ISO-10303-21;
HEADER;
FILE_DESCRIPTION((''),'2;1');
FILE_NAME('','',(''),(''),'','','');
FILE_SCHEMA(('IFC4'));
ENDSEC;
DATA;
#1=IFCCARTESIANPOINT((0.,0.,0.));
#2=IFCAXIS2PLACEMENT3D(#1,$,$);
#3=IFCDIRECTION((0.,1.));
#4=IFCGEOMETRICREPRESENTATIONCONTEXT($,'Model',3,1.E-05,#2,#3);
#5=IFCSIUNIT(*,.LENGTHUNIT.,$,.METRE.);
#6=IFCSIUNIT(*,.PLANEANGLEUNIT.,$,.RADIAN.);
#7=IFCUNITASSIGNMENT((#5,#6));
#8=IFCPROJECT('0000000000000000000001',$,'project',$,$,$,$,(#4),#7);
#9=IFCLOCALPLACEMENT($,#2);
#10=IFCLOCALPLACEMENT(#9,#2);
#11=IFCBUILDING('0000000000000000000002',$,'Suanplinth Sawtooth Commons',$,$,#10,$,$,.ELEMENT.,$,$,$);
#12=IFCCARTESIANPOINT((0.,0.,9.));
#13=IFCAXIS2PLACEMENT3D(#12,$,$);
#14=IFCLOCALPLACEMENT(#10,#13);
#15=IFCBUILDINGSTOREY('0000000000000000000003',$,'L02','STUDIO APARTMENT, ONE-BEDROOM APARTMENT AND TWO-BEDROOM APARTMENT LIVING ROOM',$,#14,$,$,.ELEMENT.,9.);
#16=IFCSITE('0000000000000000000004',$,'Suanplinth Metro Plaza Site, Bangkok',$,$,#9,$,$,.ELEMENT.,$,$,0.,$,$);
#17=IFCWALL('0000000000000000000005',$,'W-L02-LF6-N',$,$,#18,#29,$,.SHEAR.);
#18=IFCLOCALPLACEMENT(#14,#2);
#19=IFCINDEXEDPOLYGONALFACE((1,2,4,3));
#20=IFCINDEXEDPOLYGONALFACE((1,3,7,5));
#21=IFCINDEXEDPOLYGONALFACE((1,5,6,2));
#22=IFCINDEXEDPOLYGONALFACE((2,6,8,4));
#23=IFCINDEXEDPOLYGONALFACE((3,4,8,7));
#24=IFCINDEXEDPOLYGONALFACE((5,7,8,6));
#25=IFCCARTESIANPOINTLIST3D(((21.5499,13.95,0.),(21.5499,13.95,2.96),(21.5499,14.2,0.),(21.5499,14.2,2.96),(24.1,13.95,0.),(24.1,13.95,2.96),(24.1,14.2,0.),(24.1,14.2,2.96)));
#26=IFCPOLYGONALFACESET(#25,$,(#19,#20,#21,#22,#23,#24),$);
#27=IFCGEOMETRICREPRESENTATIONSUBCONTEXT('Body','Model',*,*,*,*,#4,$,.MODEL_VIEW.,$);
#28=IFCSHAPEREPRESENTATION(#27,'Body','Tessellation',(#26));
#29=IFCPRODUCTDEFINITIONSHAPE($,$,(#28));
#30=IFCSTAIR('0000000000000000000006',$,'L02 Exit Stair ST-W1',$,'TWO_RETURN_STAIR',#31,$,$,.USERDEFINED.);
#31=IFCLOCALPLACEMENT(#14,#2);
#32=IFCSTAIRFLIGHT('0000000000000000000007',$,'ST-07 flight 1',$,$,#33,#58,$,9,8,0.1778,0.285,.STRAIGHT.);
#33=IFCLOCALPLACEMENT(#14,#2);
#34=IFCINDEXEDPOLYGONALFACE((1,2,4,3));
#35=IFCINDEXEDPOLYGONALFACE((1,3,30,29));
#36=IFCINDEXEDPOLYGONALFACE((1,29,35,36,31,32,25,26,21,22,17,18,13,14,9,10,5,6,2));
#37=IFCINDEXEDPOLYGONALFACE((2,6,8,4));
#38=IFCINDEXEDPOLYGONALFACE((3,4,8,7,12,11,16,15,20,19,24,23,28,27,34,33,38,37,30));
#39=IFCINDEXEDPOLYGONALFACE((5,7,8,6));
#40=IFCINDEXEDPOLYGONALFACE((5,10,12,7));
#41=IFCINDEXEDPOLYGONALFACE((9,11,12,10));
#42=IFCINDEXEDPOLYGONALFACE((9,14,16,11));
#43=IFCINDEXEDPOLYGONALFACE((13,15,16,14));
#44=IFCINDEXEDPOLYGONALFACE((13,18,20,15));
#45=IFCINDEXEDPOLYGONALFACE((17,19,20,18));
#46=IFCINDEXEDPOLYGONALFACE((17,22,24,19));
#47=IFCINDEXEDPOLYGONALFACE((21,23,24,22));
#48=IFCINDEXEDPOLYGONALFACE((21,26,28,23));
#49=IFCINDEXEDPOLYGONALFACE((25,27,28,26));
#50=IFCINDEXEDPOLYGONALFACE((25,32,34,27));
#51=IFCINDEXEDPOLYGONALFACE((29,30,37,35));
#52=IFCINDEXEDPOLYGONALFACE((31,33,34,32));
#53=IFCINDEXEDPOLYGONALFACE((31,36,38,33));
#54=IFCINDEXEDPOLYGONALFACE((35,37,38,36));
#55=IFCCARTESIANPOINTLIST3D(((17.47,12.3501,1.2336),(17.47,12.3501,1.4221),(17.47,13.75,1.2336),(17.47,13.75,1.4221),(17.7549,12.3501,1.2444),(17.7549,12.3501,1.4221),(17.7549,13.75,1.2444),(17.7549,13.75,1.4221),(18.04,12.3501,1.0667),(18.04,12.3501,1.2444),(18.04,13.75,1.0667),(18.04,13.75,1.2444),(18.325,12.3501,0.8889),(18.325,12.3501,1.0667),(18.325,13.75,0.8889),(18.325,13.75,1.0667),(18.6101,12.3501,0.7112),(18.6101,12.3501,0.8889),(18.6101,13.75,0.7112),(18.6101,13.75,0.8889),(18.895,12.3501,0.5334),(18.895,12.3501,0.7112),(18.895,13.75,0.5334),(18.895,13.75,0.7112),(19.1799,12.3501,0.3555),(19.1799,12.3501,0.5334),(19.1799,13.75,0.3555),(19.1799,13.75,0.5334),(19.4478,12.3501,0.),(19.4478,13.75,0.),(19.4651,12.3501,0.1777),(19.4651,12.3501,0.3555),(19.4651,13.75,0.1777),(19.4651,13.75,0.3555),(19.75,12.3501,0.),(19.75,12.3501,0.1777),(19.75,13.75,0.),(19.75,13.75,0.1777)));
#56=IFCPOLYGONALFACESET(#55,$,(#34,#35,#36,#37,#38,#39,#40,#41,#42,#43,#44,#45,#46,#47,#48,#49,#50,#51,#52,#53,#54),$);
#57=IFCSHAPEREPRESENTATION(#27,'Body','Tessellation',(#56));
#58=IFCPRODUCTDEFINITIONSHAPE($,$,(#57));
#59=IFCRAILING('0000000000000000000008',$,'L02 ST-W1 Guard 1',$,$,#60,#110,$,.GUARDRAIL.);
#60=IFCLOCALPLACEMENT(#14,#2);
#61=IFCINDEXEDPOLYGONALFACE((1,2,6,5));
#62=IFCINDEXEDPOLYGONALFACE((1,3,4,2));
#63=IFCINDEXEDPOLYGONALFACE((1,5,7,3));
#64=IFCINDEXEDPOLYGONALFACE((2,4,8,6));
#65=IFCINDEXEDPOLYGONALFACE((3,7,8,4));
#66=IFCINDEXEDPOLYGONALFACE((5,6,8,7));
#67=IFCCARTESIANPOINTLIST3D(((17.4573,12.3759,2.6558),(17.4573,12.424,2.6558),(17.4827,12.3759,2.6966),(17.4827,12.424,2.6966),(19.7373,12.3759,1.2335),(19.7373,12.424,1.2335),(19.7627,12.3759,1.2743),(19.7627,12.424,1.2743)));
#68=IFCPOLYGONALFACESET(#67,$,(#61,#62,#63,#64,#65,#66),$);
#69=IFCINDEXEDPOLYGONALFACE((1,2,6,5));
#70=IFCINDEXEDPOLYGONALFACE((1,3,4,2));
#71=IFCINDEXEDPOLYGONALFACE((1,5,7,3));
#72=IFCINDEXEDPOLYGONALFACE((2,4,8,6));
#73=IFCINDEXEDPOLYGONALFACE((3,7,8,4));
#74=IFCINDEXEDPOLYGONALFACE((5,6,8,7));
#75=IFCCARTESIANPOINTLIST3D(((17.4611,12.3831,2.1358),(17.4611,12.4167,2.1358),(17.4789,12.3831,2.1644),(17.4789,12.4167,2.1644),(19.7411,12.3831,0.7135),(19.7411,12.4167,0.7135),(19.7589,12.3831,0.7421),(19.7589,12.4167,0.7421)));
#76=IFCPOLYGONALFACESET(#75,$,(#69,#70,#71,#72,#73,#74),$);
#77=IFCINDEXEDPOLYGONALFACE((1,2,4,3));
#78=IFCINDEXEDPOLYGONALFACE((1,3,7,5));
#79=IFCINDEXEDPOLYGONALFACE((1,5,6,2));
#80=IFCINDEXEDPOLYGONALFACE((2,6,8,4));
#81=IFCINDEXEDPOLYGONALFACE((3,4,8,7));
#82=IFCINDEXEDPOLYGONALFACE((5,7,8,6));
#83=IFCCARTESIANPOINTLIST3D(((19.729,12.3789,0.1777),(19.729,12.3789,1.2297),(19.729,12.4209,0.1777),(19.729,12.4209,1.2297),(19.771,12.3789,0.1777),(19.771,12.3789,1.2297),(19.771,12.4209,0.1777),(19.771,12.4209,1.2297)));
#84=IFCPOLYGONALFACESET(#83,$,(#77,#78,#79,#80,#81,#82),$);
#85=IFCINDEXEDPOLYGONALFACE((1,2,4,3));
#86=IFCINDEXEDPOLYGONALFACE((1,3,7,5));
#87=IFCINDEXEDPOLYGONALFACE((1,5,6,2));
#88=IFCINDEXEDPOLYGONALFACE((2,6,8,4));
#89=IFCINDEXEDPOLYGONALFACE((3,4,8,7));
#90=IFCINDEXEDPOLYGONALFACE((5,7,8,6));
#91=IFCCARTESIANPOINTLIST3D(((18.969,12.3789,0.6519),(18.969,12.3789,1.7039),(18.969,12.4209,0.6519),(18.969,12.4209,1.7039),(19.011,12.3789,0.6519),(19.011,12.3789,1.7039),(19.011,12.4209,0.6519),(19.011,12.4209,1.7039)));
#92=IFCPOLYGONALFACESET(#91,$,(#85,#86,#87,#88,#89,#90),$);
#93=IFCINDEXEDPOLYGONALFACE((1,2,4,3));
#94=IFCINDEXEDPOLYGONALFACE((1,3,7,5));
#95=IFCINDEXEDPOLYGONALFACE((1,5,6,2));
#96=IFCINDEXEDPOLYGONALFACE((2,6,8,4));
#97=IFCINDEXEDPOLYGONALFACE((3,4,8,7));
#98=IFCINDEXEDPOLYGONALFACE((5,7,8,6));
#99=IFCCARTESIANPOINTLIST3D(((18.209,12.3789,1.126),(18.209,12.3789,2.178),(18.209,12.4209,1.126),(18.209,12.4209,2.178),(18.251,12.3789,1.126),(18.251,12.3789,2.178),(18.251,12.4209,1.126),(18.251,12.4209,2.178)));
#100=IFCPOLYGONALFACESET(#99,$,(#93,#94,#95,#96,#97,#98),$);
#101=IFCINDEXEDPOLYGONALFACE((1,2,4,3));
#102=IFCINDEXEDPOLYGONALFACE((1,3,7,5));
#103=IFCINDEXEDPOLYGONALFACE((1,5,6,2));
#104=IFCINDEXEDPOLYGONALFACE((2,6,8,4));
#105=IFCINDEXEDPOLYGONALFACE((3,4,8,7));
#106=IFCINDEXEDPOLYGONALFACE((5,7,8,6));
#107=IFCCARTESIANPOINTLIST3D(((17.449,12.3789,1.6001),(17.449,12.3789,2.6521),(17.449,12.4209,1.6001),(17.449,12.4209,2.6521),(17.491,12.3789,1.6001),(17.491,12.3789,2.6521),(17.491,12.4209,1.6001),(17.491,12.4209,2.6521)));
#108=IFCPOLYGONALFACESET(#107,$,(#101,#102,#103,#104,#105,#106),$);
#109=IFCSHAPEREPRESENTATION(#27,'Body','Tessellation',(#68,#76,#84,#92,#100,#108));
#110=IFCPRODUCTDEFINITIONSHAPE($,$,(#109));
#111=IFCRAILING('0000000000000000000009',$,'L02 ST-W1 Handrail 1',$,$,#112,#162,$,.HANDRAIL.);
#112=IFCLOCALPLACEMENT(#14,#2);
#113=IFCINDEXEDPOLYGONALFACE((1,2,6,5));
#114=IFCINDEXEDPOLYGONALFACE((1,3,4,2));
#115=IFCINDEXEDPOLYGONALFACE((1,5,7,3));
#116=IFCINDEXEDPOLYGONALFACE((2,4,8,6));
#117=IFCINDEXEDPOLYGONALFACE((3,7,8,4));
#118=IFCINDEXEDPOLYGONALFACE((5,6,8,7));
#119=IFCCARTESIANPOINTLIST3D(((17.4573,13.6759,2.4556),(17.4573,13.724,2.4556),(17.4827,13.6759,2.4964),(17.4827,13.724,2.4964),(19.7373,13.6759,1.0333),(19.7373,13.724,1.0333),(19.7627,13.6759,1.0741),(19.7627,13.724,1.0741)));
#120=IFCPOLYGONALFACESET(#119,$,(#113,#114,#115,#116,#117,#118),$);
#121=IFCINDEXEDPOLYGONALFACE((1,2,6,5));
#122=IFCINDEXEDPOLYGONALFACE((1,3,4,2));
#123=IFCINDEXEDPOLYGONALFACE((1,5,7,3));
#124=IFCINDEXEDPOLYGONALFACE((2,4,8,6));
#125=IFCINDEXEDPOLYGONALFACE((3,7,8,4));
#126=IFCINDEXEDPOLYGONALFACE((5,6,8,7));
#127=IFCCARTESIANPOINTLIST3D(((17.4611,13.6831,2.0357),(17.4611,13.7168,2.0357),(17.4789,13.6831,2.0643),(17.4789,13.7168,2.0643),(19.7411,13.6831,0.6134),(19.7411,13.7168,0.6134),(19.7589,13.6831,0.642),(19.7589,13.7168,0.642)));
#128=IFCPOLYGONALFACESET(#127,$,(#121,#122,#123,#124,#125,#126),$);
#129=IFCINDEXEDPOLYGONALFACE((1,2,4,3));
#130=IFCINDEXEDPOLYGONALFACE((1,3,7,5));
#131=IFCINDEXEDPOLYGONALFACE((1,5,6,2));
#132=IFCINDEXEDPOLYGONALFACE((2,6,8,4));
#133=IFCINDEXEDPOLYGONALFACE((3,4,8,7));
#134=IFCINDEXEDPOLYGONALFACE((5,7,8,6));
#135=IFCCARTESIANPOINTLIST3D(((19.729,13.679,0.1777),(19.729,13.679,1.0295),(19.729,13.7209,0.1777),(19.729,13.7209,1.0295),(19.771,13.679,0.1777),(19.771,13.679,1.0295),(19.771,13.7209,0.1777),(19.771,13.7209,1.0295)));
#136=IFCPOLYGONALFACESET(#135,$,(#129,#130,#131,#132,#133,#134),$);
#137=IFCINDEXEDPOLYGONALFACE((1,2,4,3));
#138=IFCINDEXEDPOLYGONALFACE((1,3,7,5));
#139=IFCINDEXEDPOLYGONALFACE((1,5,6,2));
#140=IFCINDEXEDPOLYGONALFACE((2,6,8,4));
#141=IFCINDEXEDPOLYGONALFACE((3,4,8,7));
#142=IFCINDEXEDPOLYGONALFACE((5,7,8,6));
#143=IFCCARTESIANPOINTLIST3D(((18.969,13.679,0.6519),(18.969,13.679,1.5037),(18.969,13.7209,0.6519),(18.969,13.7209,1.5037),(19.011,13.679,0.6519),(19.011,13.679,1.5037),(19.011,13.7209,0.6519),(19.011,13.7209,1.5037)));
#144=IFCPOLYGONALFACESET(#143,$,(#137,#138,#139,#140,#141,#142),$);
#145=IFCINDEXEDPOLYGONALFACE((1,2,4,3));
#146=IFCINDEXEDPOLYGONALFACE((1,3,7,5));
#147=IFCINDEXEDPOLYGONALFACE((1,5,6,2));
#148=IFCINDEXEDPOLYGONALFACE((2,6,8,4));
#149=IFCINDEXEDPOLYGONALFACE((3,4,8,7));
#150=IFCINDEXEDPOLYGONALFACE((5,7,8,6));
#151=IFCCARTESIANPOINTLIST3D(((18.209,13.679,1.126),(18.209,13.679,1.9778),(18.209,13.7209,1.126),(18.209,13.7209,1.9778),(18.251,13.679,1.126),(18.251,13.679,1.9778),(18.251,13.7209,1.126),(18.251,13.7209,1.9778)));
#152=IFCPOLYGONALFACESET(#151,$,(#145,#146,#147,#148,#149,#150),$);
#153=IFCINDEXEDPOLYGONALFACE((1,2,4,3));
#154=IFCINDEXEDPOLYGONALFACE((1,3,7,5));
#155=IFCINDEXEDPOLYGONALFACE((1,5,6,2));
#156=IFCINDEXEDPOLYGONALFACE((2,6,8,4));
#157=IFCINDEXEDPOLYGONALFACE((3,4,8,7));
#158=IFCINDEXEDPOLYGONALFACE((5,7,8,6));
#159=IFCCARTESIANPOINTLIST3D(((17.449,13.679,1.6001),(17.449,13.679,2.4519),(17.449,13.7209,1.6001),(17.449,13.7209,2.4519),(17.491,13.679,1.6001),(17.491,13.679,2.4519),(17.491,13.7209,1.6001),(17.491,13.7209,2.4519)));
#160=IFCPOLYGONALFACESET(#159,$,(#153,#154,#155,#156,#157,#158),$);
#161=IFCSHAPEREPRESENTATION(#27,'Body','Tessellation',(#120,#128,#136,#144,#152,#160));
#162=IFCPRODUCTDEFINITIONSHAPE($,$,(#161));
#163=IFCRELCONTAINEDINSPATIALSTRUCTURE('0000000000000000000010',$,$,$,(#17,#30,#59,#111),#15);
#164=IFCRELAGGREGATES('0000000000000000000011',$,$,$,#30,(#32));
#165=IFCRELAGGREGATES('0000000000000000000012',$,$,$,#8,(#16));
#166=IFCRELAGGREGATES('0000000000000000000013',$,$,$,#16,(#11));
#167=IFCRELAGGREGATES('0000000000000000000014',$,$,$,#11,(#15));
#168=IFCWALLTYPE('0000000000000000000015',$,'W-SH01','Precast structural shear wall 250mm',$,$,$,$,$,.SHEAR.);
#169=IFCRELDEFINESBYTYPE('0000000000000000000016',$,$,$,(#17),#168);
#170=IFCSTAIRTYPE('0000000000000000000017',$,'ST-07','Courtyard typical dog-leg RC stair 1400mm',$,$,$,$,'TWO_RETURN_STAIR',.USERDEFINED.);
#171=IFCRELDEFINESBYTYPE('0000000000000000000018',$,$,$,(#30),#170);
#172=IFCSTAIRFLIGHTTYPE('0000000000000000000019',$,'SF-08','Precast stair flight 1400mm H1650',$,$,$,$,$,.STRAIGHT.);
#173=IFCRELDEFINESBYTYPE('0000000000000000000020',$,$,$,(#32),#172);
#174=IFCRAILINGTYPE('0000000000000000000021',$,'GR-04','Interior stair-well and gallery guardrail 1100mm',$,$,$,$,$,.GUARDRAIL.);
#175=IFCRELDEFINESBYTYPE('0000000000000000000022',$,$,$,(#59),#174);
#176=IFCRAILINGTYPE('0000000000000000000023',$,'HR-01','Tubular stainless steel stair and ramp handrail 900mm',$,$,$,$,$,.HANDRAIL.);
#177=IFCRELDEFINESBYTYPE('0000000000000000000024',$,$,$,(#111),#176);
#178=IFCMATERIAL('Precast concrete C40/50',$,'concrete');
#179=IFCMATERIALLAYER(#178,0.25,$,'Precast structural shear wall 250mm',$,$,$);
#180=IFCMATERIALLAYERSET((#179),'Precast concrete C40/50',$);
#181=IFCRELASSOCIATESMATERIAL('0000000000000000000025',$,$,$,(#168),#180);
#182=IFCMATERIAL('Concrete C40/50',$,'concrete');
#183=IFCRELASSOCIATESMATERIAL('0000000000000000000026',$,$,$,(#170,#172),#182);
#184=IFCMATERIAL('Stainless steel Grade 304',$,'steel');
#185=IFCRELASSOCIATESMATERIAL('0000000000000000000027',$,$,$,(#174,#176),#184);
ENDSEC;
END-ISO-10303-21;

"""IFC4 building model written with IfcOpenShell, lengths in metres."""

from ifc_helpers import new_model, si_unit, direction, frame, frame_2d, origin, origin_2d, place, context, subcontext, project, spatial, polyline, rectangle, outline, extrude, material, layer, layer_set, type_object, element, aggregate, save


model = new_model("IFC4")

# Units and contexts
model_context = context("Model", 3, precision=1e-05, world=origin(), true_north=direction((0.0, 1.0)))
body_context = subcontext(model_context, "Body", "Model", "MODEL_VIEW")
ifc_project = project(units=[si_unit("LENGTHUNIT", "METRE"), si_unit("PLANEANGLEUNIT", "RADIAN")], contexts=[model_context])

# Site, building, storey
site_placement = place(None, origin())
site = spatial("IfcSite", under=ifc_project, at=site_placement, Name="Suanplinth Metro Plaza Site, Bangkok", CompositionType="ELEMENT", RefElevation=0.0)
building_placement = place(site_placement, origin())
building = spatial("IfcBuilding", under=site, at=building_placement, Name="Suanplinth Sawtooth Commons", CompositionType="ELEMENT")
storey_placement = place(building_placement, frame((0.0, 0.0, 9.0)))
storey = spatial("IfcBuildingStorey", under=building, at=storey_placement, Name="L02", Description="STUDIO APARTMENT, ONE-BEDROOM APARTMENT AND TWO-BEDROOM APARTMENT LIVING ROOM", CompositionType="ELEMENT", Elevation=9.0)

# Shared definitions
ifc_material_1 = material(Name="Precast concrete C40/50", Category="concrete")

# Wall
ifc_layer_1 = layer(ifc_material_1, 0.25, Name="Precast structural shear wall 250mm")
ifc_layer_set_1 = layer_set([ifc_layer_1], Name="Precast concrete C40/50")
wall_type_1 = type_object("IfcWallType", Name="W-SH01", Description="Precast structural shear wall 250mm", PredefinedType="SHEAR", material=ifc_layer_set_1)
wall_1_placement = place(storey_placement, frame((21.55, 14.075, 0.0), z_axis=(0.0, 0.0, 1.0), x_axis=(1.0, 0.0, 0.0)))
element("IfcWall", 1, at=wall_1_placement, inside=storey, type_object=wall_type_1, Name="W-L02-LF6-N", PredefinedType="SHEAR", context=body_context, shape_type="SweptSolid", body=[
    extrude(rectangle(XDim=2.55, YDim=0.25, at=frame_2d((1.2749, 0.0))), origin(), (0.0, 0.0, 1.0), 2.96),
])

# Stair, stair flight
ifc_material_2 = material(Name="Concrete C40/50", Category="concrete")
stair_type = type_object("IfcStairType", Name="ST-07", Description="Courtyard typical dog-leg RC stair 1400mm", ElementType="TWO_RETURN_STAIR", PredefinedType="USERDEFINED", material=ifc_material_2)
stair_placement = place(storey_placement, origin())
stair = element("IfcStair", 2, at=stair_placement, inside=storey, type_object=stair_type, Name="L02 Exit Stair ST-W1", ObjectType="TWO_RETURN_STAIR", PredefinedType="USERDEFINED")
stair_flight_type = type_object("IfcStairFlightType", Name="SF-08", Description="Precast stair flight 1400mm H1650", PredefinedType="STRAIGHT", material=ifc_material_2)
stair_flight_placement = place(storey_placement, frame((19.75, 13.05, 0.0), z_axis=(0.0, 0.0, 1.0), x_axis=(-1.0, 0.0, 0.0)))
stair_flight = element("IfcStairFlight", 3, at=stair_flight_placement, type_object=stair_flight_type, Name="ST-07 flight 1", NumberOfRisers=9, NumberOfTreads=8, PredefinedType="STRAIGHT", RiserHeight=0.1778, TreadLength=0.285, context=body_context, shape_type="SweptSolid", body=[
    extrude(outline(polyline([(0.0, 0.0), (0.0, 0.1777), (0.2849, 0.1777), (0.2849, 0.3555), (0.5701, 0.3555), (0.5701, 0.5334), (0.855, 0.5334), (0.855, 0.7112), (1.1399, 0.7112), (1.1399, 0.8889), (1.425, 0.8889), (1.425, 1.0667), (1.71, 1.0667), (1.71, 1.2444), (1.9951, 1.2444), (1.9951, 1.4221), (2.28, 1.4221), (2.28, 1.6001), (2.28, 1.2336), (0.3022, 0.0), (0.0, 0.0)])), frame((0.0, 0.7, 0.0), z_axis=(0.0, -1.0, 0.0), x_axis=(1.0, 0.0, 0.0)), (0.0, 0.0, 1.0), 1.3999),
])
aggregate(stair, [stair_flight])

# Railings
ifc_material_3 = material(Name="Stainless steel Grade 304", Category="steel")
railing_type_1 = type_object("IfcRailingType", Name="GR-04", Description="Interior stair-well and gallery guardrail 1100mm", PredefinedType="GUARDRAIL", material=ifc_material_3)
railing_1_placement = place(storey_placement, frame((19.75, 12.3999, 0.1777)))
element("IfcRailing", 4, at=railing_1_placement, inside=storey, type_object=railing_type_1, Name="L02 ST-W1 Guard 1", PredefinedType="GUARDRAIL", context=body_context, shape_type="SweptSolid", body=[
    extrude(rectangle(XDim=0.0481, YDim=0.0481, at=origin_2d()), frame((0.0, 0.0, 1.0762), z_axis=(-0.848442, 0.0, 0.529288), x_axis=(0.0, -1.0, 0.0)), (0.0, 0.0, 1.0), 2.6873),
    extrude(rectangle(XDim=0.0337, YDim=0.0337, at=origin_2d()), frame((0.0, 0.0, 0.55), z_axis=(-0.848442, 0.0, 0.529288), x_axis=(0.0, -1.0, 0.0)), (0.0, 0.0, 1.0), 2.6873),
    extrude(rectangle(XDim=0.042, YDim=0.042, at=origin_2d()), origin(), (0.0, 0.0, 1.0), 1.052),
    extrude(rectangle(XDim=0.042, YDim=0.042, at=origin_2d()), frame((-0.76, 0.0, 0.4741)), (0.0, 0.0, 1.0), 1.052),
    extrude(rectangle(XDim=0.042, YDim=0.042, at=origin_2d()), frame((-1.52, 0.0, 0.9482)), (0.0, 0.0, 1.0), 1.052),
    extrude(rectangle(XDim=0.042, YDim=0.042, at=origin_2d()), frame((-2.28, 0.0, 1.4224)), (0.0, 0.0, 1.0), 1.052),
])
railing_type_2 = type_object("IfcRailingType", Name="HR-01", Description="Tubular stainless steel stair and ramp handrail 900mm", PredefinedType="HANDRAIL", material=ifc_material_3)
railing_2_placement = place(storey_placement, frame((19.75, 13.7, 0.1777)))
element("IfcRailing", 5, at=railing_2_placement, inside=storey, type_object=railing_type_2, Name="L02 ST-W1 Handrail 1", PredefinedType="HANDRAIL", context=body_context, shape_type="SweptSolid", body=[
    extrude(rectangle(XDim=0.0481, YDim=0.0481, at=origin_2d()), frame((0.0, 0.0, 0.876), z_axis=(-0.848442, 0.0, 0.529288), x_axis=(0.0, -1.0, 0.0)), (0.0, 0.0, 1.0), 2.6873),
    extrude(rectangle(XDim=0.0337, YDim=0.0337, at=origin_2d()), frame((0.0, 0.0, 0.45), z_axis=(-0.848442, 0.0, 0.529288), x_axis=(0.0, -1.0, 0.0)), (0.0, 0.0, 1.0), 2.6873),
    extrude(rectangle(XDim=0.042, YDim=0.042, at=origin_2d()), origin(), (0.0, 0.0, 1.0), 0.8518),
    extrude(rectangle(XDim=0.042, YDim=0.042, at=origin_2d()), frame((-0.76, 0.0, 0.4741)), (0.0, 0.0, 1.0), 0.8518),
    extrude(rectangle(XDim=0.042, YDim=0.042, at=origin_2d()), frame((-1.52, 0.0, 0.9482)), (0.0, 0.0, 1.0), 0.8518),
    extrude(rectangle(XDim=0.042, YDim=0.042, at=origin_2d()), frame((-2.28, 0.0, 1.4224)), (0.0, 0.0, 1.0), 0.8518),
])

save(model, "model.ifc")
